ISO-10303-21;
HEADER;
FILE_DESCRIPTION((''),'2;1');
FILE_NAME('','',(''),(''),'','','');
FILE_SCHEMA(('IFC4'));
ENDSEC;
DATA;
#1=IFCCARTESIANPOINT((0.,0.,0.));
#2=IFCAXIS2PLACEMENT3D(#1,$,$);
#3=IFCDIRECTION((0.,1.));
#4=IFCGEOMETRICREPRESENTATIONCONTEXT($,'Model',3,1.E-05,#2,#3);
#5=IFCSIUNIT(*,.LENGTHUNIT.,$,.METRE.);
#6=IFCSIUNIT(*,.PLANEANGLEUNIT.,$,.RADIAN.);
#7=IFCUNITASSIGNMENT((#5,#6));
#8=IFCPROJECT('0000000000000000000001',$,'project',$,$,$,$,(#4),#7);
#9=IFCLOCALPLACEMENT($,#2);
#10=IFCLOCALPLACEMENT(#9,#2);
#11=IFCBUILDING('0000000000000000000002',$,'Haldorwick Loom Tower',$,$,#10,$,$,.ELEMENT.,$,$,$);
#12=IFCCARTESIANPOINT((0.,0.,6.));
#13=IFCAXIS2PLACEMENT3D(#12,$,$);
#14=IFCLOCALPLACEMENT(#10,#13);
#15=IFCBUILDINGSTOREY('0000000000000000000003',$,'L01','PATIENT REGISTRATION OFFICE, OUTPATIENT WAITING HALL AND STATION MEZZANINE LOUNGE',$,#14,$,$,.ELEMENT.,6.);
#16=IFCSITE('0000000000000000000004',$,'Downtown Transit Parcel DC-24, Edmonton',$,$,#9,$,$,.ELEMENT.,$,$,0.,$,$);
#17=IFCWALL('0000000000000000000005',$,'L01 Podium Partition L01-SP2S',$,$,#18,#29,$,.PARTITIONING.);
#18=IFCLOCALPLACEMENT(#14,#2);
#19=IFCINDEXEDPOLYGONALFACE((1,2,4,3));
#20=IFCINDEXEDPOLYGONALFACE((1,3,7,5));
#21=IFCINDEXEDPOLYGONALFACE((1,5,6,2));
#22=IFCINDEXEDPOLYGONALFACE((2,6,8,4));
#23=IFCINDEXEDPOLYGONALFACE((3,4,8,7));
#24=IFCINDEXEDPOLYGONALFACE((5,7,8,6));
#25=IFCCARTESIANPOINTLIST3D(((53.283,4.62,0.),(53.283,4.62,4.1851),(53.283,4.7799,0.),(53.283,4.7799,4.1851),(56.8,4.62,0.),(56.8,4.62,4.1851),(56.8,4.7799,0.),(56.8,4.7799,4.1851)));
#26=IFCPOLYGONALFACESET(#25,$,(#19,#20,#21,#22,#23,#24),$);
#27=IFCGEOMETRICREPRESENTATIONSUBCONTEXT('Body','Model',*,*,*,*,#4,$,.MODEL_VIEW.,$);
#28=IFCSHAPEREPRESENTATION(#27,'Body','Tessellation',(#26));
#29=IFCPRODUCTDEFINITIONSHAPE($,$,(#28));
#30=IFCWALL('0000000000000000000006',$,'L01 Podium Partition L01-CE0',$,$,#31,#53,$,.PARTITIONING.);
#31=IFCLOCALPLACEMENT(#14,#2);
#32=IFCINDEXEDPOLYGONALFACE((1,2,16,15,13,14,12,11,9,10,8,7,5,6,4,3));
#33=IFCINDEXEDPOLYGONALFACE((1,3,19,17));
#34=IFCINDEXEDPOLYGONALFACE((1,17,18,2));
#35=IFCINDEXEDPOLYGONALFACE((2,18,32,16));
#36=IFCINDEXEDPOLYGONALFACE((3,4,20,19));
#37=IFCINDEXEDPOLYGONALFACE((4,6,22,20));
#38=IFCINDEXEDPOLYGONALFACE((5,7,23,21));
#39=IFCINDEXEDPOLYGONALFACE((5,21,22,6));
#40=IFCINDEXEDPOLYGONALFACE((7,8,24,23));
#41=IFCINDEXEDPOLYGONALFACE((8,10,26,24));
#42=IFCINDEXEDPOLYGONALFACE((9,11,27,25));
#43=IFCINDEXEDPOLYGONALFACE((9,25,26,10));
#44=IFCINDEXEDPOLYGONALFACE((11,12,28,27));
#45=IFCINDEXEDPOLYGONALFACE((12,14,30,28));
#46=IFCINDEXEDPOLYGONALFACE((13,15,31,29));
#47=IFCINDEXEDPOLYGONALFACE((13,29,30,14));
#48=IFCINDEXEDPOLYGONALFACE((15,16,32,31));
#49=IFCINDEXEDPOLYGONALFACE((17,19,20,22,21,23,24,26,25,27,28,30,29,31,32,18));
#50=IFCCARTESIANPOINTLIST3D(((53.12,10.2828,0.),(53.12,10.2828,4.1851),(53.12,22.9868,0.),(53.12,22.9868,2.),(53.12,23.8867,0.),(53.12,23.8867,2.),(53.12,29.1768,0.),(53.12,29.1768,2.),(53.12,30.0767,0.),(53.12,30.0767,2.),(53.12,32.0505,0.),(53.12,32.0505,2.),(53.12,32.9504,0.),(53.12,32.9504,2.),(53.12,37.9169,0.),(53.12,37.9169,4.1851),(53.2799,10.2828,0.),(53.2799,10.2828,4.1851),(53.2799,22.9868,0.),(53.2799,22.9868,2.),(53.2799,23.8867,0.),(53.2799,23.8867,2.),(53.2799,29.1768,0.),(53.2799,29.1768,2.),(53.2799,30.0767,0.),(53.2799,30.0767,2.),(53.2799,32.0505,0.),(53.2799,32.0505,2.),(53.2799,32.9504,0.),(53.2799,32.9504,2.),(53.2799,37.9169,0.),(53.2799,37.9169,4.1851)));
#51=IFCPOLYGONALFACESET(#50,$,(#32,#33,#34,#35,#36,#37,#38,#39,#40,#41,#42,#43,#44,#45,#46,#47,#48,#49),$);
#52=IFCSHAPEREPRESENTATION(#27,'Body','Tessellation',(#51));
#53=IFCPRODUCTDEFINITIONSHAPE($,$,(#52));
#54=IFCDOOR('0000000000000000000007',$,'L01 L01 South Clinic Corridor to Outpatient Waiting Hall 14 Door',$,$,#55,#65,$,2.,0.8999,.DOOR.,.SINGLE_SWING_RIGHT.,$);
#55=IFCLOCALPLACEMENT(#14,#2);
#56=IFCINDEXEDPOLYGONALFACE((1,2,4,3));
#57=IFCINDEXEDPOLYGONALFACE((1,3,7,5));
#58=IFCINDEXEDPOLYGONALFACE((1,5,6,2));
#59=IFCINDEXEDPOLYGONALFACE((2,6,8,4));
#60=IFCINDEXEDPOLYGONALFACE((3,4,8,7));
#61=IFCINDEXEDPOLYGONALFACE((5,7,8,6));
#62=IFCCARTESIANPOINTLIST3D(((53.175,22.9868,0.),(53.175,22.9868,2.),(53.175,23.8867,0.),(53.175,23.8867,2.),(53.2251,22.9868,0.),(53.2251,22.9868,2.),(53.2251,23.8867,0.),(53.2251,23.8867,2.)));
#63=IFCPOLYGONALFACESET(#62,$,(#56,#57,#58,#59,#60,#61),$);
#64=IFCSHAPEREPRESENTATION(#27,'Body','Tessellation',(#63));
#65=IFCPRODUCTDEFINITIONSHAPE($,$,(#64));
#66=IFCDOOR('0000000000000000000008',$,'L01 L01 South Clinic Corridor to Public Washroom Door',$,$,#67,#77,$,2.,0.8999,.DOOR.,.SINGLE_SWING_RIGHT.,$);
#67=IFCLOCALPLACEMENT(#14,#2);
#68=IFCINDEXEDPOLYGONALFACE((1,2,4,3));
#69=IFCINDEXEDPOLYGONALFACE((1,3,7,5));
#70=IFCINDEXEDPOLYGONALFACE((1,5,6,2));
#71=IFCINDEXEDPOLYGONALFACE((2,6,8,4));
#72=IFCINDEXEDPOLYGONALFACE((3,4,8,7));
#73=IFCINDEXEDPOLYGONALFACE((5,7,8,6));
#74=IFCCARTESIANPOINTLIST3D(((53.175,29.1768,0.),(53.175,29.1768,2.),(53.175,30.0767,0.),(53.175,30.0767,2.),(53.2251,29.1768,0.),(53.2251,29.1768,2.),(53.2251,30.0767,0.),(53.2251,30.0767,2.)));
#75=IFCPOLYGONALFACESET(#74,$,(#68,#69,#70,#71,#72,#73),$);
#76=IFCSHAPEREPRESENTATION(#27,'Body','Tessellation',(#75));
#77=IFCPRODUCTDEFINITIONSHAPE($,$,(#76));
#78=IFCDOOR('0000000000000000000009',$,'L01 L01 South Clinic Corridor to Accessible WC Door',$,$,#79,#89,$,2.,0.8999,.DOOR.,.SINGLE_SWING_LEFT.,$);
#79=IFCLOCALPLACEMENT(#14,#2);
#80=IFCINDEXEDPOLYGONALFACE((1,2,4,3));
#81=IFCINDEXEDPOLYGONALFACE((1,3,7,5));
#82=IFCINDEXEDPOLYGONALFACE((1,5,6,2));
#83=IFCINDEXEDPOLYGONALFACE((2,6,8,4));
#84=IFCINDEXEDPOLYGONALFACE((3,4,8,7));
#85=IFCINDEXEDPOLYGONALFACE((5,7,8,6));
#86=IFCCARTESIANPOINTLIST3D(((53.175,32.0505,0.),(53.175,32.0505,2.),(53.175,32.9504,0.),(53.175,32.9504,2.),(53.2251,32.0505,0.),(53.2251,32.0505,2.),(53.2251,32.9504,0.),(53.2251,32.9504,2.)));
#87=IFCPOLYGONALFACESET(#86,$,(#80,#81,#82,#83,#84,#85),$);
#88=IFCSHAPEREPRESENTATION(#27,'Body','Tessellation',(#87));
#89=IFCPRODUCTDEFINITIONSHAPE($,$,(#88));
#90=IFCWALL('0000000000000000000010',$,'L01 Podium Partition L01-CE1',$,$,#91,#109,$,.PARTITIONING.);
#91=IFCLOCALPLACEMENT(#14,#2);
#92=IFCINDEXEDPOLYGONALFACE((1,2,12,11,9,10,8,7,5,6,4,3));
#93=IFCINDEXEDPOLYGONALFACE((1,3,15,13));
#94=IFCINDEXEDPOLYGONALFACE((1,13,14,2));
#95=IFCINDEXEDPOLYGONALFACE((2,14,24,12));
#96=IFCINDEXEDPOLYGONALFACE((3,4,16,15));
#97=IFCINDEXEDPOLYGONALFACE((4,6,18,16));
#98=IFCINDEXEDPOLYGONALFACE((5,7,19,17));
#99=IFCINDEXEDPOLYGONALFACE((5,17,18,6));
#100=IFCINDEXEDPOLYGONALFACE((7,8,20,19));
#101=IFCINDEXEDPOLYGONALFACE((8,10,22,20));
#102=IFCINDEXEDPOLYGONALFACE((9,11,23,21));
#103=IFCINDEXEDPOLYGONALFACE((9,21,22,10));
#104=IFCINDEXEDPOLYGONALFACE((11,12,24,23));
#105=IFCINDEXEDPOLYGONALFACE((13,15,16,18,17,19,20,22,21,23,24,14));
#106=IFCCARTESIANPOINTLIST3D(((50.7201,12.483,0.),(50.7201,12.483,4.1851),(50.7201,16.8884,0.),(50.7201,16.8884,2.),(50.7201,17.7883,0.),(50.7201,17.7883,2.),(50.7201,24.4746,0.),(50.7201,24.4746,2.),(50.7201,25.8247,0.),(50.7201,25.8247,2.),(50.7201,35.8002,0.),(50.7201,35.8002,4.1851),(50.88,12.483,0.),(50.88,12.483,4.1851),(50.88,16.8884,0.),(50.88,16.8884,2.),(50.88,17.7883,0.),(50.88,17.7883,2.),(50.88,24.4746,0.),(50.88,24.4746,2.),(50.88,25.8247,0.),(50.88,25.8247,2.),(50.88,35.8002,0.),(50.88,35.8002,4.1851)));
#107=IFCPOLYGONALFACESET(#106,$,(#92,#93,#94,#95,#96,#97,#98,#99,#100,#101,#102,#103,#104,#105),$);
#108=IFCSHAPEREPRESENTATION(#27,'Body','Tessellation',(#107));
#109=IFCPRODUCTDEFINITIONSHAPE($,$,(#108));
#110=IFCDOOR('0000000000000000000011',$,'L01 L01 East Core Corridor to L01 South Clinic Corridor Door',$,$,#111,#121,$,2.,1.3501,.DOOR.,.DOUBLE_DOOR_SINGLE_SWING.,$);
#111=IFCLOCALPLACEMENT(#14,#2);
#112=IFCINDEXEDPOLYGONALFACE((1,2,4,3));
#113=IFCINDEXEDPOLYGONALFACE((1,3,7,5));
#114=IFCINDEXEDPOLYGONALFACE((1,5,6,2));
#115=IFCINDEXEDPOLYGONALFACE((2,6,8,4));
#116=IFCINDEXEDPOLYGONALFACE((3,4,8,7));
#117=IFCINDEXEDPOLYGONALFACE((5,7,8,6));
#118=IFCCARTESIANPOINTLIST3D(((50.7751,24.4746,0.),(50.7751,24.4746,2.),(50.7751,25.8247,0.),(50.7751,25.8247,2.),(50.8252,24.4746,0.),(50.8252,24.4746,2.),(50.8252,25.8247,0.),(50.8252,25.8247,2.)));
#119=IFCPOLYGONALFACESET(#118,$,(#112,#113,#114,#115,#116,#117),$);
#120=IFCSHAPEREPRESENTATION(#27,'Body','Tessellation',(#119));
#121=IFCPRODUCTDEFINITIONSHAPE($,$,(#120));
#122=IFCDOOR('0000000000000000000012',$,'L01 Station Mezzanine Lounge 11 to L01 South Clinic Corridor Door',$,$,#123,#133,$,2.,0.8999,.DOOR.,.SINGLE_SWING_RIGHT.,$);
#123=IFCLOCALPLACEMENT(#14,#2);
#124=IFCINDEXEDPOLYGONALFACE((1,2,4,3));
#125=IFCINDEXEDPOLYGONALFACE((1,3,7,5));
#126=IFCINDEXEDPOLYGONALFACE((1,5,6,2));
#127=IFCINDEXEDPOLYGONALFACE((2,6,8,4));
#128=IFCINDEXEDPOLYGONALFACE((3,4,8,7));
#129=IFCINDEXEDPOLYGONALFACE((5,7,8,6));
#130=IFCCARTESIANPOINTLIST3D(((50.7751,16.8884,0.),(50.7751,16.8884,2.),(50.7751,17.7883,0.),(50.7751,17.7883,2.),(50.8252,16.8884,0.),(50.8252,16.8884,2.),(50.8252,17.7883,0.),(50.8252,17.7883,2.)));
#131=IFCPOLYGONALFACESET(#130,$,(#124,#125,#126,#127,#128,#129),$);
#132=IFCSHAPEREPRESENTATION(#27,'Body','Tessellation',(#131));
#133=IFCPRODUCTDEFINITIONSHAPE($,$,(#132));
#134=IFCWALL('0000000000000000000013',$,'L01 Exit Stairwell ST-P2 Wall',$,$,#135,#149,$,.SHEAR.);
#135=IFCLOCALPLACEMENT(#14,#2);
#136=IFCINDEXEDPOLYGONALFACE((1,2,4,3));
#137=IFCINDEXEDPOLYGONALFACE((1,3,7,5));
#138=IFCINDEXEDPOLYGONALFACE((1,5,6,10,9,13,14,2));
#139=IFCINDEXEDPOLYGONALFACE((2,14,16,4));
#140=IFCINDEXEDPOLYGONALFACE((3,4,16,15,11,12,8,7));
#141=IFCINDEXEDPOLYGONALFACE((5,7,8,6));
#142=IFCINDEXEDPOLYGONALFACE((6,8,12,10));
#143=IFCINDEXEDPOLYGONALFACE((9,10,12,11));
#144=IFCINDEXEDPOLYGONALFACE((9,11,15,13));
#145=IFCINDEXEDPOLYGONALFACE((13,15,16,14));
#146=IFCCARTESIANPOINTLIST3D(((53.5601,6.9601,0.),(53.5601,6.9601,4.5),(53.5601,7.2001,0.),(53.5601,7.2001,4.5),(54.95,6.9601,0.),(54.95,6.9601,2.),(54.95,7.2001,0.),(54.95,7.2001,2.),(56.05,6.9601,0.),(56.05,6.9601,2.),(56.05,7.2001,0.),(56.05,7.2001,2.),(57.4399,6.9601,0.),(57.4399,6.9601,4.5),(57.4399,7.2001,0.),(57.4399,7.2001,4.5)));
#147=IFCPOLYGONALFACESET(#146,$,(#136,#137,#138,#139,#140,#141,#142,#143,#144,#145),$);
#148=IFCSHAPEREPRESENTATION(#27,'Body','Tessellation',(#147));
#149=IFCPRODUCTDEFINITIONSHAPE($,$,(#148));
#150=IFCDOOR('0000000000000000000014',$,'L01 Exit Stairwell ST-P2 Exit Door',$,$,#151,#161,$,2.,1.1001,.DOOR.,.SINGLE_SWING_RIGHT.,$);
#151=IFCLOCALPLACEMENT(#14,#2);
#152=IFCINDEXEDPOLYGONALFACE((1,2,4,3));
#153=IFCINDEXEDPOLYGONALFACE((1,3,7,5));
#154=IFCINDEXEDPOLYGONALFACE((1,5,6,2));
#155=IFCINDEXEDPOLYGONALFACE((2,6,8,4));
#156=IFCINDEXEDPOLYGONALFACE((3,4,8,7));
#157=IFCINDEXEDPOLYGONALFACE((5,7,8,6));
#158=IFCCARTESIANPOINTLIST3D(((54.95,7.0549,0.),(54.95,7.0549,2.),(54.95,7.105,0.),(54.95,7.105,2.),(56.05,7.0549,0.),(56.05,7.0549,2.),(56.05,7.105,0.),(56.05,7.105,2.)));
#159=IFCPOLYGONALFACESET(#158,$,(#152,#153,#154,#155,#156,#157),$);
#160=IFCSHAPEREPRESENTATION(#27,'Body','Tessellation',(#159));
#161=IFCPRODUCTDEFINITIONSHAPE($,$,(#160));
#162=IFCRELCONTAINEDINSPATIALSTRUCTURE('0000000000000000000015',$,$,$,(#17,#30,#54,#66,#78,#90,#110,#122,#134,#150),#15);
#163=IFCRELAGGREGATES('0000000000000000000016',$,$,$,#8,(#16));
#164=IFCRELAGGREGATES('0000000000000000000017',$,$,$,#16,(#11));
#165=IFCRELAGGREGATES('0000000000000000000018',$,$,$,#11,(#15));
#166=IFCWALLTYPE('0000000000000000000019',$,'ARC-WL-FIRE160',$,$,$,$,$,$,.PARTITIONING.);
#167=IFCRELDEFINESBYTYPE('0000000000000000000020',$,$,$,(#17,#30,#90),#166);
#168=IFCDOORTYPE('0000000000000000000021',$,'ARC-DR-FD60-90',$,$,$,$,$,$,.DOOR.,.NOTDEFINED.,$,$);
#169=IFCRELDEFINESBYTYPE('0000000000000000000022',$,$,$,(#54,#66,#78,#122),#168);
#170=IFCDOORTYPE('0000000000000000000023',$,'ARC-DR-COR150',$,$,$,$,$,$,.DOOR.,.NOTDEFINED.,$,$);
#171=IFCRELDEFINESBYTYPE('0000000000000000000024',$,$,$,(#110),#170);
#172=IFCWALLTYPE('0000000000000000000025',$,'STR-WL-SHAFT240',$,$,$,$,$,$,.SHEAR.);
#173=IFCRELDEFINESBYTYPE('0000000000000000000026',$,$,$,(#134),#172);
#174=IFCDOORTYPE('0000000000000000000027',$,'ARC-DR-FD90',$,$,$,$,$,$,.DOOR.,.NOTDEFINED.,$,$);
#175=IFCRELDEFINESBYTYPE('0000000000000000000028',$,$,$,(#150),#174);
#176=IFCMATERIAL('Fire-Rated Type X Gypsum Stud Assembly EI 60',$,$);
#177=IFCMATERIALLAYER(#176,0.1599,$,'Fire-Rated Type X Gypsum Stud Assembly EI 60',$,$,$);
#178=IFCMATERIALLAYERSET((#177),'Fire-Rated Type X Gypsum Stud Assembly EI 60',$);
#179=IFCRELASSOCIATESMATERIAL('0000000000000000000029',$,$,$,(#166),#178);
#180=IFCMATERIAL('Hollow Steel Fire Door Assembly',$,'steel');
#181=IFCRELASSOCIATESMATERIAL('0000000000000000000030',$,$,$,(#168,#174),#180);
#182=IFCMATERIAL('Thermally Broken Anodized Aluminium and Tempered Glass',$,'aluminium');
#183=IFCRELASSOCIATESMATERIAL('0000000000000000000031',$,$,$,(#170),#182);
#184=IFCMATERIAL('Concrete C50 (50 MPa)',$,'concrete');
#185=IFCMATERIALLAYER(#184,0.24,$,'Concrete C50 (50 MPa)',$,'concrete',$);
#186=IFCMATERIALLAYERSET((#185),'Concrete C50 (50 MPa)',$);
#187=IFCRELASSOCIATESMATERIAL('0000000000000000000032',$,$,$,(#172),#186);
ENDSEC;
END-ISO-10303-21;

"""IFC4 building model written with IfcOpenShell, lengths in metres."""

from ifc_helpers import new_model, si_unit, direction, frame, frame_2d, origin, place, context, subcontext, project, spatial, rectangle, extrude, material, layer, layer_set, type_object, element, fill, save


model = new_model("IFC4")

# Units and contexts
model_context = context("Model", 3, precision=1e-05, world=origin(), true_north=direction((0.0, 1.0)))
body_context = subcontext(model_context, "Body", "Model", "MODEL_VIEW")
ifc_project = project(units=[si_unit("LENGTHUNIT", "METRE"), si_unit("PLANEANGLEUNIT", "RADIAN")], contexts=[model_context])

# Site, building, storey
site_placement = place(None, origin())
site = spatial("IfcSite", under=ifc_project, at=site_placement, Name="Downtown Transit Parcel DC-24, Edmonton", CompositionType="ELEMENT", RefElevation=0.0)
building_placement = place(site_placement, origin())
building = spatial("IfcBuilding", under=site, at=building_placement, Name="Haldorwick Loom Tower", CompositionType="ELEMENT")
storey_placement = place(building_placement, frame((0.0, 0.0, 6.0)))
storey = spatial("IfcBuildingStorey", under=building, at=storey_placement, Name="L01", Description="PATIENT REGISTRATION OFFICE, OUTPATIENT WAITING HALL AND STATION MEZZANINE LOUNGE", CompositionType="ELEMENT", Elevation=6.0)

# Shared definitions
ifc_material_1 = material(Name="Fire-Rated Type X Gypsum Stud Assembly EI 60")
ifc_layer_1 = layer(ifc_material_1, 0.1599, Name="Fire-Rated Type X Gypsum Stud Assembly EI 60")
ifc_layer_set_1 = layer_set([ifc_layer_1], Name="Fire-Rated Type X Gypsum Stud Assembly EI 60")
wall_type_1 = type_object("IfcWallType", Name="ARC-WL-FIRE160", PredefinedType="PARTITIONING", material=ifc_layer_set_1)
ifc_material_2 = material(Name="Hollow Steel Fire Door Assembly", Category="steel")
door_type_1 = type_object("IfcDoorType", Name="ARC-DR-FD60-90", OperationType="NOTDEFINED", PredefinedType="DOOR", material=ifc_material_2)

# Wall
wall_1_placement = place(storey_placement, frame((53.283, 4.7, 0.0), z_axis=(0.0, 0.0, 1.0), x_axis=(1.0, 0.0, 0.0)))
element("IfcWall", 1, at=wall_1_placement, inside=storey, type_object=wall_type_1, Name="L01 Podium Partition L01-SP2S", PredefinedType="PARTITIONING", context=body_context, shape_type="SweptSolid", body=[
    extrude(rectangle(XDim=3.5171, YDim=0.1599, at=frame_2d((1.7585, 0.0))), origin(), (0.0, 0.0, 1.0), 4.1851),
])

# Walls, openings, doors
wall_2_placement = place(storey_placement, frame((53.2, 10.283, 0.0), z_axis=(0.0, 0.0, 1.0), x_axis=(0.0, 1.0, 0.0)))
wall_2 = element("IfcWall", 2, at=wall_2_placement, inside=storey, type_object=wall_type_1, Name="L01 Podium Partition L01-CE0", PredefinedType="PARTITIONING", context=body_context, shape_type="SweptSolid", body=[
    extrude(rectangle(XDim=27.634, YDim=0.1599, at=frame_2d((13.8169, 0.0))), origin(), (0.0, 0.0, 1.0), 4.1851),
])
opening_1_placement = place(wall_2_placement, frame((12.7039, 0.0, 0.0)))
opening_1 = element("IfcOpeningElement", 3, at=opening_1_placement, cuts=wall_2, PredefinedType="OPENING", context=body_context, shape_type="SweptSolid", body=[
    extrude(rectangle(XDim=0.8999, YDim=2.0, at=frame_2d((0.45, 1.0))), frame((0.0, 0.0898, 0.0), z_axis=(0.0, -1.0, 0.0), x_axis=(1.0, 0.0, 0.0)), (0.0, 0.0, 1.0), 0.1799),
])
opening_2_placement = place(wall_2_placement, frame((18.8938, 0.0, 0.0)))
opening_2 = element("IfcOpeningElement", 4, at=opening_2_placement, cuts=wall_2, PredefinedType="OPENING", context=body_context, shape_type="SweptSolid", body=[
    extrude(rectangle(XDim=0.8999, YDim=2.0, at=frame_2d((0.45, 1.0))), frame((0.0, 0.0898, 0.0), z_axis=(0.0, -1.0, 0.0), x_axis=(1.0, 0.0, 0.0)), (0.0, 0.0, 1.0), 0.1799),
])
opening_3_placement = place(wall_2_placement, frame((21.7676, 0.0, 0.0)))
opening_3 = element("IfcOpeningElement", 5, at=opening_3_placement, cuts=wall_2, PredefinedType="OPENING", context=body_context, shape_type="SweptSolid", body=[
    extrude(rectangle(XDim=0.8999, YDim=2.0, at=frame_2d((0.45, 1.0))), frame((0.0, 0.0898, 0.0), z_axis=(0.0, -1.0, 0.0), x_axis=(1.0, 0.0, 0.0)), (0.0, 0.0, 1.0), 0.1799),
])
door_1_placement = place(opening_1_placement, origin())
door_1 = element("IfcDoor", 6, at=door_1_placement, inside=storey, type_object=door_type_1, Name="L01 L01 South Clinic Corridor to Outpatient Waiting Hall 14 Door", OperationType="SINGLE_SWING_RIGHT", OverallHeight=2.0, OverallWidth=0.8999, PredefinedType="DOOR", context=body_context, shape_type="SweptSolid", body=[
    extrude(rectangle(XDim=0.8999, YDim=2.0, at=frame_2d((0.45, 1.0))), frame((0.0, 0.0249, 0.0), z_axis=(0.0, -1.0, 0.0), x_axis=(1.0, 0.0, 0.0)), (0.0, 0.0, 1.0), 0.05),
])
fill(opening_1, door_1)
door_2_placement = place(opening_2_placement, origin())
door_2 = element("IfcDoor", 7, at=door_2_placement, inside=storey, type_object=door_type_1, Name="L01 L01 South Clinic Corridor to Public Washroom Door", OperationType="SINGLE_SWING_RIGHT", OverallHeight=2.0, OverallWidth=0.8999, PredefinedType="DOOR", context=body_context, shape_type="SweptSolid", body=[
    extrude(rectangle(XDim=0.8999, YDim=2.0, at=frame_2d((0.45, 1.0))), frame((0.0, 0.0249, 0.0), z_axis=(0.0, -1.0, 0.0), x_axis=(1.0, 0.0, 0.0)), (0.0, 0.0, 1.0), 0.05),
])
fill(opening_2, door_2)
door_3_placement = place(opening_3_placement, origin())
door_3 = element("IfcDoor", 8, at=door_3_placement, inside=storey, type_object=door_type_1, Name="L01 L01 South Clinic Corridor to Accessible WC Door", OperationType="SINGLE_SWING_LEFT", OverallHeight=2.0, OverallWidth=0.8999, PredefinedType="DOOR", context=body_context, shape_type="SweptSolid", body=[
    extrude(rectangle(XDim=0.8999, YDim=2.0, at=frame_2d((0.45, 1.0))), frame((0.0, 0.0249, 0.0), z_axis=(0.0, -1.0, 0.0), x_axis=(1.0, 0.0, 0.0)), (0.0, 0.0, 1.0), 0.05),
])
fill(opening_3, door_3)
wall_3_placement = place(storey_placement, frame((50.8, 12.4829, 0.0), z_axis=(0.0, 0.0, 1.0), x_axis=(0.0, 1.0, 0.0)))
wall_3 = element("IfcWall", 9, at=wall_3_placement, inside=storey, type_object=wall_type_1, Name="L01 Podium Partition L01-CE1", PredefinedType="PARTITIONING", context=body_context, shape_type="SweptSolid", body=[
    extrude(rectangle(XDim=23.3171, YDim=0.1599, at=frame_2d((11.6587, 0.0))), origin(), (0.0, 0.0, 1.0), 4.1851),
])
opening_4_placement = place(wall_3_placement, frame((11.9917, 0.0, 0.0)))
opening_4 = element("IfcOpeningElement", 10, at=opening_4_placement, cuts=wall_3, PredefinedType="OPENING", context=body_context, shape_type="SweptSolid", body=[
    extrude(rectangle(XDim=1.3501, YDim=2.0, at=frame_2d((0.675, 1.0))), frame((0.0, 0.0898, 0.0), z_axis=(0.0, -1.0, 0.0), x_axis=(1.0, 0.0, 0.0)), (0.0, 0.0, 1.0), 0.1799),
])
opening_5_placement = place(wall_3_placement, frame((4.4055, 0.0, 0.0)))
opening_5 = element("IfcOpeningElement", 11, at=opening_5_placement, cuts=wall_3, PredefinedType="OPENING", context=body_context, shape_type="SweptSolid", body=[
    extrude(rectangle(XDim=0.8999, YDim=2.0, at=frame_2d((0.45, 1.0))), frame((0.0, 0.0898, 0.0), z_axis=(0.0, -1.0, 0.0), x_axis=(1.0, 0.0, 0.0)), (0.0, 0.0, 1.0), 0.1799),
])
ifc_material_3 = material(Name="Thermally Broken Anodized Aluminium and Tempered Glass", Category="aluminium")
door_type_2 = type_object("IfcDoorType", Name="ARC-DR-COR150", OperationType="NOTDEFINED", PredefinedType="DOOR", material=ifc_material_3)
door_4_placement = place(opening_4_placement, origin())
door_4 = element("IfcDoor", 12, at=door_4_placement, inside=storey, type_object=door_type_2, Name="L01 L01 East Core Corridor to L01 South Clinic Corridor Door", OperationType="DOUBLE_DOOR_SINGLE_SWING", OverallHeight=2.0, OverallWidth=1.3501, PredefinedType="DOOR", context=body_context, shape_type="SweptSolid", body=[
    extrude(rectangle(XDim=1.3501, YDim=2.0, at=frame_2d((0.675, 1.0))), frame((0.0, 0.0249, 0.0), z_axis=(0.0, -1.0, 0.0), x_axis=(1.0, 0.0, 0.0)), (0.0, 0.0, 1.0), 0.05),
])
fill(opening_4, door_4)
door_5_placement = place(opening_5_placement, origin())
door_5 = element("IfcDoor", 13, at=door_5_placement, inside=storey, type_object=door_type_1, Name="L01 Station Mezzanine Lounge 11 to L01 South Clinic Corridor Door", OperationType="SINGLE_SWING_RIGHT", OverallHeight=2.0, OverallWidth=0.8999, PredefinedType="DOOR", context=body_context, shape_type="SweptSolid", body=[
    extrude(rectangle(XDim=0.8999, YDim=2.0, at=frame_2d((0.45, 1.0))), frame((0.0, 0.0249, 0.0), z_axis=(0.0, -1.0, 0.0), x_axis=(1.0, 0.0, 0.0)), (0.0, 0.0, 1.0), 0.05),
])
fill(opening_5, door_5)

# Wall, opening, door
ifc_material_4 = material(Name="Concrete C50 (50 MPa)", Category="concrete")
ifc_layer_2 = layer(ifc_material_4, 0.24, Name="Concrete C50 (50 MPa)", Category="concrete")
ifc_layer_set_2 = layer_set([ifc_layer_2], Name="Concrete C50 (50 MPa)")
wall_type_2 = type_object("IfcWallType", Name="STR-WL-SHAFT240", PredefinedType="SHEAR", material=ifc_layer_set_2)
wall_4_placement = place(storey_placement, frame((53.5601, 7.0801, 0.0), z_axis=(0.0, 0.0, 1.0), x_axis=(1.0, 0.0, 0.0)))
wall_4 = element("IfcWall", 14, at=wall_4_placement, inside=storey, type_object=wall_type_2, Name="L01 Exit Stairwell ST-P2 Wall", PredefinedType="SHEAR", context=body_context, shape_type="SweptSolid", body=[
    extrude(rectangle(XDim=3.8799, YDim=0.24, at=frame_2d((1.9399, 0.0))), origin(), (0.0, 0.0, 1.0), 4.5),
])
opening_6_placement = place(wall_4_placement, frame((1.3899, 0.0, 0.0)))
opening_6 = element("IfcOpeningElement", 15, at=opening_6_placement, cuts=wall_4, PredefinedType="OPENING", context=body_context, shape_type="SweptSolid", body=[
    extrude(rectangle(XDim=1.1001, YDim=2.0, at=frame_2d((0.55, 1.0))), frame((0.0, 0.1299, 0.0), z_axis=(0.0, -1.0, 0.0), x_axis=(1.0, 0.0, 0.0)), (0.0, 0.0, 1.0), 0.26),
])
door_type_3 = type_object("IfcDoorType", Name="ARC-DR-FD90", OperationType="NOTDEFINED", PredefinedType="DOOR", material=ifc_material_2)
door_6_placement = place(opening_6_placement, origin())
door_6 = element("IfcDoor", 16, at=door_6_placement, inside=storey, type_object=door_type_3, Name="L01 Exit Stairwell ST-P2 Exit Door", OperationType="SINGLE_SWING_RIGHT", OverallHeight=2.0, OverallWidth=1.1001, PredefinedType="DOOR", context=body_context, shape_type="SweptSolid", body=[
    extrude(rectangle(XDim=1.1001, YDim=2.0, at=frame_2d((0.55, 1.0))), frame((0.0, 0.0249, 0.0), z_axis=(0.0, -1.0, 0.0), x_axis=(1.0, 0.0, 0.0)), (0.0, 0.0, 1.0), 0.05),
])
fill(opening_6, door_6)

save(model, "model.ifc")
